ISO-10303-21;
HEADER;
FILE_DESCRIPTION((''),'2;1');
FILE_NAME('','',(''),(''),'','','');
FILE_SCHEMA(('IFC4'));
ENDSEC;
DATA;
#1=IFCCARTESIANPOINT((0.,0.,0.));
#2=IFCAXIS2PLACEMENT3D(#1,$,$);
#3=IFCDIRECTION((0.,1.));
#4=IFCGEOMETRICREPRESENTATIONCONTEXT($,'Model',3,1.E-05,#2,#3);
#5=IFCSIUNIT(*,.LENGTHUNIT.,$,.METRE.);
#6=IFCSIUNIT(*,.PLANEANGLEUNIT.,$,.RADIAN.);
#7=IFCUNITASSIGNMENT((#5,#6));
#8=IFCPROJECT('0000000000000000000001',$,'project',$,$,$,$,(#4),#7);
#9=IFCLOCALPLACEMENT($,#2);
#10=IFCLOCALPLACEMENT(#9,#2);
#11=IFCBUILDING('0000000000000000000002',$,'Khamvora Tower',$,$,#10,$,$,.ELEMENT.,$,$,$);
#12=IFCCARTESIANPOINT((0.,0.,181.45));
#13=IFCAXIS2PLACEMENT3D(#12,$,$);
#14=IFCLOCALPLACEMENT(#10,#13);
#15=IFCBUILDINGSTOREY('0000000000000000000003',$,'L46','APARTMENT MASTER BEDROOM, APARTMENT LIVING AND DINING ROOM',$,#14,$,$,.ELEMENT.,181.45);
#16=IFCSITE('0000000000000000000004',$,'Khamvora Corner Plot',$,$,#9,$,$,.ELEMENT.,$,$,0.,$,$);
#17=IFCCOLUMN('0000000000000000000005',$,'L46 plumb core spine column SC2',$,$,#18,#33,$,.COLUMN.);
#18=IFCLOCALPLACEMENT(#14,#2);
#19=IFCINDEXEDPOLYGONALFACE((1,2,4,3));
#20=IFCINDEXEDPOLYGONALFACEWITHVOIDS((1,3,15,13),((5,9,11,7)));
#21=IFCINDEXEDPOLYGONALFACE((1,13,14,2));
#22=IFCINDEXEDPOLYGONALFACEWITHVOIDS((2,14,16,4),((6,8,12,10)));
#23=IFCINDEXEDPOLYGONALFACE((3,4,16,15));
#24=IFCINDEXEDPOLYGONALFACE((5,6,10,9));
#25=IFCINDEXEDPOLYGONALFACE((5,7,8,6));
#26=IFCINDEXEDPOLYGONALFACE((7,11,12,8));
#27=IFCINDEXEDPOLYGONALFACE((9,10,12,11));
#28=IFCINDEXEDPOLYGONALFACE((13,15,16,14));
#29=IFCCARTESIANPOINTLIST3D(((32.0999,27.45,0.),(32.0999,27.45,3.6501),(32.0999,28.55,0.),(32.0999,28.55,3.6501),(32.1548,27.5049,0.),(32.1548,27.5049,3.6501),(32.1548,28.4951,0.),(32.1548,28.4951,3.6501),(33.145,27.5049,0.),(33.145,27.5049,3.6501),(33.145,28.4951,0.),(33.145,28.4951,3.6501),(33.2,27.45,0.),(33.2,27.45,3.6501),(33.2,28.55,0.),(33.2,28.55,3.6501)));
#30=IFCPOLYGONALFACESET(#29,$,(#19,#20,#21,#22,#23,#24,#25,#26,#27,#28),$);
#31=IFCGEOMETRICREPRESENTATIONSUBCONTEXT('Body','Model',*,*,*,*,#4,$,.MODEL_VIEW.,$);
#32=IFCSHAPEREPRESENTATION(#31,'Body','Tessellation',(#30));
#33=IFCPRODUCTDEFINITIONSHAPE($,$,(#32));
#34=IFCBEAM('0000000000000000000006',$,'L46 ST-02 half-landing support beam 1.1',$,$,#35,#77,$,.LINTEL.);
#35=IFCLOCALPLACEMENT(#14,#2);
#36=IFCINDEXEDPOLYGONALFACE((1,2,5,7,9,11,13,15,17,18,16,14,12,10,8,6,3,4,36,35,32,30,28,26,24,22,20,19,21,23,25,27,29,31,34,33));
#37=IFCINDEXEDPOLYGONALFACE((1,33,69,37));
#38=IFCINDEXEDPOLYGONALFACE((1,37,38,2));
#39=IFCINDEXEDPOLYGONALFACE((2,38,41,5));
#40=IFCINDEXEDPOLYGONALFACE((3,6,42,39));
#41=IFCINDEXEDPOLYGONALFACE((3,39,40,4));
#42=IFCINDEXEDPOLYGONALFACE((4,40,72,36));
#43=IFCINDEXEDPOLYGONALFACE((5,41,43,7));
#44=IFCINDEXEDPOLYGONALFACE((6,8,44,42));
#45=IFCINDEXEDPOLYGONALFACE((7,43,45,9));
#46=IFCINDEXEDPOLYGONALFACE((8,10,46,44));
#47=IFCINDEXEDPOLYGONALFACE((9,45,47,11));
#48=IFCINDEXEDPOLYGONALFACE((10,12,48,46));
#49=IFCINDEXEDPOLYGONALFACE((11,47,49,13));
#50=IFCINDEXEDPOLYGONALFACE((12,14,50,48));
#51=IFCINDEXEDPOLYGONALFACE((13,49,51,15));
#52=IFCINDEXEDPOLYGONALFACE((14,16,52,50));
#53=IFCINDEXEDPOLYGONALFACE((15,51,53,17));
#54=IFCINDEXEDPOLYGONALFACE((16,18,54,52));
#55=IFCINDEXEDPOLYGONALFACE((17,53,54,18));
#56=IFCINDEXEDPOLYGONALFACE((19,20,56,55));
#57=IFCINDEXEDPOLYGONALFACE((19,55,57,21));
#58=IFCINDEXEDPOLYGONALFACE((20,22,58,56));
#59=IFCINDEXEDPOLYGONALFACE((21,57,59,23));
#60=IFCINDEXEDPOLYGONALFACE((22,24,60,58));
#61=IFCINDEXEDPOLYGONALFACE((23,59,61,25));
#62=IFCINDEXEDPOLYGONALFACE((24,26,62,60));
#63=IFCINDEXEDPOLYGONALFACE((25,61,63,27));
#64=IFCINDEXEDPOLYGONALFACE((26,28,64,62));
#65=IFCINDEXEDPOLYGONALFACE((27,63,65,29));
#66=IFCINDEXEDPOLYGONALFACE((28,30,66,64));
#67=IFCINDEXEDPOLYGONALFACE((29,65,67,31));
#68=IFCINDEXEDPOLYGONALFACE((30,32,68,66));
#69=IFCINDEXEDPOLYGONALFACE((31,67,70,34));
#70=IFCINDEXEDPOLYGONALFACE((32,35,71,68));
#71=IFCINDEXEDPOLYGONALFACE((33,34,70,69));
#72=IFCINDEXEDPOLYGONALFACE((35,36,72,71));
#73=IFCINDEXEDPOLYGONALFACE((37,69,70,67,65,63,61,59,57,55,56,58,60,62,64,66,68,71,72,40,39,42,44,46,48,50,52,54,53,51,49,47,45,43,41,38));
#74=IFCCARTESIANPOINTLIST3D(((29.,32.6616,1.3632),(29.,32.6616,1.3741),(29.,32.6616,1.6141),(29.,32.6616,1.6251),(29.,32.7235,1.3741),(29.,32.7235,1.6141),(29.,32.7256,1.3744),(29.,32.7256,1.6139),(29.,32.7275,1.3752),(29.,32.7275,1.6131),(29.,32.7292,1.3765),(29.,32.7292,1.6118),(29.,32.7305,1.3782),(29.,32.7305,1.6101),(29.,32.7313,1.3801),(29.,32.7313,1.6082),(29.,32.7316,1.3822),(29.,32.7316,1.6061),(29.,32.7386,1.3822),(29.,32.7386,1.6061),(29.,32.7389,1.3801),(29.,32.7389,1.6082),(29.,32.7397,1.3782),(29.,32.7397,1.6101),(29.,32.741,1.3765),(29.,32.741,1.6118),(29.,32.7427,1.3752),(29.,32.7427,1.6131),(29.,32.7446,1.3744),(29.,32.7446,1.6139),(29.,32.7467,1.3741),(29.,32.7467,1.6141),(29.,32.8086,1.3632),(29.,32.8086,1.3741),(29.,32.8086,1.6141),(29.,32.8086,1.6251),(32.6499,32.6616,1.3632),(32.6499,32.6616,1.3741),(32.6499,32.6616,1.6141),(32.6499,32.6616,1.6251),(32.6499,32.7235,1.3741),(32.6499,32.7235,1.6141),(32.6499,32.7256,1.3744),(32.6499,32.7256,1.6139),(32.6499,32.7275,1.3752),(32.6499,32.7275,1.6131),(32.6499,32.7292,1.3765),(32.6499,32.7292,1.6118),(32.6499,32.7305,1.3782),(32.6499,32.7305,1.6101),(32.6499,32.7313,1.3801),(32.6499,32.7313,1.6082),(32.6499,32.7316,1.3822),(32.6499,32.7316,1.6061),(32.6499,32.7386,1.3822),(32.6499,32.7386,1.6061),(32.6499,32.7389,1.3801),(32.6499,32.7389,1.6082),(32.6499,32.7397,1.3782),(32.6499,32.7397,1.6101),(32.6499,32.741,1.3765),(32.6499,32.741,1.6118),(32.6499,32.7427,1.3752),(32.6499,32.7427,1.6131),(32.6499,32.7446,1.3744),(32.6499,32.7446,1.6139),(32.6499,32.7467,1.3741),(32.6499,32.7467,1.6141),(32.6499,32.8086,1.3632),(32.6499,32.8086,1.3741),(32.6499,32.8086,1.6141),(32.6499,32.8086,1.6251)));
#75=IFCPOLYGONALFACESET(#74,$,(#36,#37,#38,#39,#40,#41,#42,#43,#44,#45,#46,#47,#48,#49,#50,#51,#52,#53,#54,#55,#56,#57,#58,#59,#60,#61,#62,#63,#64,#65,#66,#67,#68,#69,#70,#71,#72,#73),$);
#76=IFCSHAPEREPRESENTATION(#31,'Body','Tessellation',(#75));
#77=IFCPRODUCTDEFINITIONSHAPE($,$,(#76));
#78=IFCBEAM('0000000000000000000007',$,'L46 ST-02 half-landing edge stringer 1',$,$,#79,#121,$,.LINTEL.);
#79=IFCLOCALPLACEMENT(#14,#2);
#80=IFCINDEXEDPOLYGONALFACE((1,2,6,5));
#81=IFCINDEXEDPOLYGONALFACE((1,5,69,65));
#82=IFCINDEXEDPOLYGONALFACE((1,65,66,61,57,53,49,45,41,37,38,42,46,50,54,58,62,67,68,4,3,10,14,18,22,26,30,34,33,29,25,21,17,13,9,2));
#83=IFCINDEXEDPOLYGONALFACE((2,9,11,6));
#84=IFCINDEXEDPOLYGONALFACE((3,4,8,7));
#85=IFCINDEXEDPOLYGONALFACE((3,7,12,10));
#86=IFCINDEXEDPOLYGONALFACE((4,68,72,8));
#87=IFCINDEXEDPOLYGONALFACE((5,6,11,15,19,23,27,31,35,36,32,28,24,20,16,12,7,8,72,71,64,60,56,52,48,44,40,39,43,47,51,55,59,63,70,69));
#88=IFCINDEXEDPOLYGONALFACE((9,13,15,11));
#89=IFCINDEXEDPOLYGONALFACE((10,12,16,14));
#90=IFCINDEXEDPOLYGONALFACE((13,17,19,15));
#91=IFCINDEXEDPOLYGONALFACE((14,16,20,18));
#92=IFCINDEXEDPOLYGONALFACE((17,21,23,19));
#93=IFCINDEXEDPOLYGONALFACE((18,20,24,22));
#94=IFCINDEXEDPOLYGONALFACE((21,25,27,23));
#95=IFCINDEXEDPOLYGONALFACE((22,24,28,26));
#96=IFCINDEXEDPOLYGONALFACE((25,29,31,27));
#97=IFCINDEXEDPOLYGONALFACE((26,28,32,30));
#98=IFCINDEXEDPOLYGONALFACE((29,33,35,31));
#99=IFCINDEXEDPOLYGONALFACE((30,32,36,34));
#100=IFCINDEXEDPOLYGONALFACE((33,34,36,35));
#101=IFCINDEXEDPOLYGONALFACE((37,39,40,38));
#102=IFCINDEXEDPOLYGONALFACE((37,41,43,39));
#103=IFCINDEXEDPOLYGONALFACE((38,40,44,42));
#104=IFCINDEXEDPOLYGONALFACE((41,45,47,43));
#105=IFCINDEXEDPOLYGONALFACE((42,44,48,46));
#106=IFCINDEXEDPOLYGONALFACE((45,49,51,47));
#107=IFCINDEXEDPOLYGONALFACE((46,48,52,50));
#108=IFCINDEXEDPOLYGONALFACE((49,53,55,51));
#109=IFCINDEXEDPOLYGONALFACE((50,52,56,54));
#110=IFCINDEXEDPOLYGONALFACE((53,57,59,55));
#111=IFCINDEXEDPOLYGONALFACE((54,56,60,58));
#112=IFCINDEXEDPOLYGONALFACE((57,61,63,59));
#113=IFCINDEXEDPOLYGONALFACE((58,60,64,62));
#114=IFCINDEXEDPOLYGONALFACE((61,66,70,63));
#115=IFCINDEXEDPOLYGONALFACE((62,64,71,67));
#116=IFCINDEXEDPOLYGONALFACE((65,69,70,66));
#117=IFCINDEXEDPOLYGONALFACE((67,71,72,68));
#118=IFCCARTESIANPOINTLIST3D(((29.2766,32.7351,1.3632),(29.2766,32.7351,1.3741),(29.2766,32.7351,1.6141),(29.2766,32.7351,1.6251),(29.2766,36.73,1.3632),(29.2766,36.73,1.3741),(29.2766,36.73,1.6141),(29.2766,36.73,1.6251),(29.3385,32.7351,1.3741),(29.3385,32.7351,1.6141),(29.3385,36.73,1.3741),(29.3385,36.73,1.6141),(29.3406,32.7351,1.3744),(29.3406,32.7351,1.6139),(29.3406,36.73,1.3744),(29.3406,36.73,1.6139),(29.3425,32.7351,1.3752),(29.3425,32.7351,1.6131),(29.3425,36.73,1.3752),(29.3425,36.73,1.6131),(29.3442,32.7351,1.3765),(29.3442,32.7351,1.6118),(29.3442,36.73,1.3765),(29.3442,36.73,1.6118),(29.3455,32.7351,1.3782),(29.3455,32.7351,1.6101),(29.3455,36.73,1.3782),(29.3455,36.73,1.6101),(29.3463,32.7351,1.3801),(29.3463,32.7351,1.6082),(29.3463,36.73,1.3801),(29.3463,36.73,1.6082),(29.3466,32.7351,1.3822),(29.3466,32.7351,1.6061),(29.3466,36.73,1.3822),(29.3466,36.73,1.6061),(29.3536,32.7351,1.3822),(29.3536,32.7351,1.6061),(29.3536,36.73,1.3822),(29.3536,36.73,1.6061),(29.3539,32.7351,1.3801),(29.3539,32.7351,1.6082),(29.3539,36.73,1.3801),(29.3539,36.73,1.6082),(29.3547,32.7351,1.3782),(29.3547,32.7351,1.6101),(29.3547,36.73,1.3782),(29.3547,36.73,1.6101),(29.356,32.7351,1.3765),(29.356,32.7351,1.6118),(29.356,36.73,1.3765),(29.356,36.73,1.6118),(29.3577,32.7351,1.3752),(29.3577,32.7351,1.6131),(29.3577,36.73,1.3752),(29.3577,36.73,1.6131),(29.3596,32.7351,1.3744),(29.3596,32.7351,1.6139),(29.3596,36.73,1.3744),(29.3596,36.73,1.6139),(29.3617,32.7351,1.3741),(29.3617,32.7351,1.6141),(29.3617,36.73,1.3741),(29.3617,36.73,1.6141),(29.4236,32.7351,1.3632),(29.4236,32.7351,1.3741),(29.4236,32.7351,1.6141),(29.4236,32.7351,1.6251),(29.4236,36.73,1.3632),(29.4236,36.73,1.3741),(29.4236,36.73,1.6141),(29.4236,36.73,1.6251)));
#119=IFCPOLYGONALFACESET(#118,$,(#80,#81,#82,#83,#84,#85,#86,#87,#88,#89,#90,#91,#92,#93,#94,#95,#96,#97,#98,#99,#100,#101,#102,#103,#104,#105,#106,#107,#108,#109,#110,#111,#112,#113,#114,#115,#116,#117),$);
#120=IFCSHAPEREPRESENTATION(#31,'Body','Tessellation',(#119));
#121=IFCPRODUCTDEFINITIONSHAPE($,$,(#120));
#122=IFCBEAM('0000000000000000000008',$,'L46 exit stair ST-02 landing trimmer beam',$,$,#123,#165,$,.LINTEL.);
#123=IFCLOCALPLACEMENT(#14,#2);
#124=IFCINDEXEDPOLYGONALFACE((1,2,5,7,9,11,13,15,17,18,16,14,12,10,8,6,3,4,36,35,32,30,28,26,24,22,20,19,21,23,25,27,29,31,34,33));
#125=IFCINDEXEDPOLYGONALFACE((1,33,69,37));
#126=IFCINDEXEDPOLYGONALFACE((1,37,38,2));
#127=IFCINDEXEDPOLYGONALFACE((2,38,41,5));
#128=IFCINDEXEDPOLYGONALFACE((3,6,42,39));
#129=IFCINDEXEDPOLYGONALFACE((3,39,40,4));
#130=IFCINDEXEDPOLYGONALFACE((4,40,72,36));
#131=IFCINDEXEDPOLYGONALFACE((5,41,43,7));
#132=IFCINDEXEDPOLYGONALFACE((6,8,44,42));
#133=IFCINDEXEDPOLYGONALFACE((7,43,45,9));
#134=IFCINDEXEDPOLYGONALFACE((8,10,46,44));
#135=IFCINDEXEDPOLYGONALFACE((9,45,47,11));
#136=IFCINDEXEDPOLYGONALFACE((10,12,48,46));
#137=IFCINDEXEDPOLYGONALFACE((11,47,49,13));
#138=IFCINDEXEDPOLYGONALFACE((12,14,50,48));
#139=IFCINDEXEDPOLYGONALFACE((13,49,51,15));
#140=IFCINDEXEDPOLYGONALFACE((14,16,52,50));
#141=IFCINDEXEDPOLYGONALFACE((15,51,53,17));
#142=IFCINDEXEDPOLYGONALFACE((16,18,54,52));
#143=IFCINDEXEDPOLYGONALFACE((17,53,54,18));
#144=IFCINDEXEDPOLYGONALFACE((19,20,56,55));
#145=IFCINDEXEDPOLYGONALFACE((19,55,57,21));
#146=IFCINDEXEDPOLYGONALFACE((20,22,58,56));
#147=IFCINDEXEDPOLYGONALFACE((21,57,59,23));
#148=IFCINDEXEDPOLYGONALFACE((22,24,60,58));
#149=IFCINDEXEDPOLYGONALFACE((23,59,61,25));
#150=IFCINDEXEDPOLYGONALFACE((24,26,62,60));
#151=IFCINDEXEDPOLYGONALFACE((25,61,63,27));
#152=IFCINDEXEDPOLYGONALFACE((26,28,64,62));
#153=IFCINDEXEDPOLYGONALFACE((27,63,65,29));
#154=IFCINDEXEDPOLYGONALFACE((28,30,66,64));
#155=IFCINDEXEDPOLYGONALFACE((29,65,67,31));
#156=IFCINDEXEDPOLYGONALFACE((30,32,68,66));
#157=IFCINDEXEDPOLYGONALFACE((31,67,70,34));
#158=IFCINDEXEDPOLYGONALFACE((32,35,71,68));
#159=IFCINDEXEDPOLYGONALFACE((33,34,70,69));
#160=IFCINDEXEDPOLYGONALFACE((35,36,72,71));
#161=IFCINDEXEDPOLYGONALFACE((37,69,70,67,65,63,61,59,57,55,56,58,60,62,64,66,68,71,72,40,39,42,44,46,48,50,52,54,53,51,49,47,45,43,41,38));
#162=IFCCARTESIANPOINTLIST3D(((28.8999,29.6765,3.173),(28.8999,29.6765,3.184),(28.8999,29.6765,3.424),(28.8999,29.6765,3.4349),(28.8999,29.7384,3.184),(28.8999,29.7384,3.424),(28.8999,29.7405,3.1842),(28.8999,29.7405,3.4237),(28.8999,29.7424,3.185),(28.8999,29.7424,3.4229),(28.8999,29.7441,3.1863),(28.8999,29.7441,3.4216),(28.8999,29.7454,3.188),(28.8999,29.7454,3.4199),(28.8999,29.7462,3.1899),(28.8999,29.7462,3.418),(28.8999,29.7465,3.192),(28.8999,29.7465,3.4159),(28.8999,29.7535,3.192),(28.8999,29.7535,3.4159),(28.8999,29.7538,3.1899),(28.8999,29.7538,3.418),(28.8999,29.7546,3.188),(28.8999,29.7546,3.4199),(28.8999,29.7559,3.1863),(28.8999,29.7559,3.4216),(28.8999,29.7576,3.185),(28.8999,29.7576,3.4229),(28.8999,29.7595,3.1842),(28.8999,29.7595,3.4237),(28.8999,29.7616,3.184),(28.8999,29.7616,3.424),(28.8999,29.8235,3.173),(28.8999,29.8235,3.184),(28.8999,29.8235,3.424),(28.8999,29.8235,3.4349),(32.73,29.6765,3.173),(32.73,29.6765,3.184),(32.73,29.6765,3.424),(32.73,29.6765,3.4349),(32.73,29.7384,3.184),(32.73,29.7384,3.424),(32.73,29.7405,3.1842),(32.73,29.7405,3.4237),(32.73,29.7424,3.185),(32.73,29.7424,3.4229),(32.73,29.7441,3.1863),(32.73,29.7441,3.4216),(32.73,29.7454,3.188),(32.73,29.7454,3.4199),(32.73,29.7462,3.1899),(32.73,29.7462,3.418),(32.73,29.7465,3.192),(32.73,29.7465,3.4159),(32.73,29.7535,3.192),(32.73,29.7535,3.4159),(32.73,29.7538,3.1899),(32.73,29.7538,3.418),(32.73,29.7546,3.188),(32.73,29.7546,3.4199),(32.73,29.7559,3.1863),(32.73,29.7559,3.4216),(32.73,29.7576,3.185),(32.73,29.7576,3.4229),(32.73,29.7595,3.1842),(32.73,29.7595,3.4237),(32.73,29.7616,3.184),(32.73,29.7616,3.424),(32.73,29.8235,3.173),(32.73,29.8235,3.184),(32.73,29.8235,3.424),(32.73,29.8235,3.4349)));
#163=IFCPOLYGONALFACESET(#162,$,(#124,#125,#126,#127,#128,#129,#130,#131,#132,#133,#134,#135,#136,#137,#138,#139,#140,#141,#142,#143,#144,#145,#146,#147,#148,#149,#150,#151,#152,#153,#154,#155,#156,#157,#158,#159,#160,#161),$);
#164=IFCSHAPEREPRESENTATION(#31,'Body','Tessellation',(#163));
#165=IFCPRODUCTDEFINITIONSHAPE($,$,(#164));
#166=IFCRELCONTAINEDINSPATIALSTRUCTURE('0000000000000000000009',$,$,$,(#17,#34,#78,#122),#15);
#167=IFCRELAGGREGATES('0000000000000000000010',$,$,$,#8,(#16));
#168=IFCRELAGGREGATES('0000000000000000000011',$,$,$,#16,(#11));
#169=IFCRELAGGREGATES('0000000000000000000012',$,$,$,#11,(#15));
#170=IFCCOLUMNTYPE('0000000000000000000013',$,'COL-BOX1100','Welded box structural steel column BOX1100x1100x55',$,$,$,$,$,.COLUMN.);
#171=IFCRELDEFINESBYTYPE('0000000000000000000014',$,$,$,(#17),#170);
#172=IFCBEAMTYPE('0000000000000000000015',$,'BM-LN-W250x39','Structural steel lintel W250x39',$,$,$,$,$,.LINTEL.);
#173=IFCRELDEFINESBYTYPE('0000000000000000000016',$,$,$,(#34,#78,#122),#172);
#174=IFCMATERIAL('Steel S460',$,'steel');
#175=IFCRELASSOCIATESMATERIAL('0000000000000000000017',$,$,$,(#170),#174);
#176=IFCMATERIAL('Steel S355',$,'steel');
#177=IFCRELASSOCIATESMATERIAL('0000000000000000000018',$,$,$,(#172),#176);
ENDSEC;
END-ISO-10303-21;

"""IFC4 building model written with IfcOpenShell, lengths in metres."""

from ifc_helpers import new_model, si_unit, direction, frame, origin, origin_2d, place, context, subcontext, project, spatial, hollow_rectangle, i_section, extrude, material, material_profile, profile_set, type_object, element, save


model = new_model("IFC4")

# Units and contexts
model_context = context("Model", 3, precision=1e-05, world=origin(), true_north=direction((0.0, 1.0)))
body_context = subcontext(model_context, "Body", "Model", "MODEL_VIEW")
ifc_project = project(units=[si_unit("LENGTHUNIT", "METRE"), si_unit("PLANEANGLEUNIT", "RADIAN")], contexts=[model_context])

# Site, building, storey
site_placement = place(None, origin())
site = spatial("IfcSite", under=ifc_project, at=site_placement, Name="Khamvora Corner Plot", CompositionType="ELEMENT", RefElevation=0.0)
building_placement = place(site_placement, origin())
building = spatial("IfcBuilding", under=site, at=building_placement, Name="Khamvora Tower", CompositionType="ELEMENT")
storey_placement = place(building_placement, frame((0.0, 0.0, 181.45)))
storey = spatial("IfcBuildingStorey", under=building, at=storey_placement, Name="L46", Description="APARTMENT MASTER BEDROOM, APARTMENT LIVING AND DINING ROOM", CompositionType="ELEMENT", Elevation=181.45)

# Column
ifc_material_1 = material(Name="Steel S460", Category="steel")
ifc_material_profile_1 = material_profile(ifc_material_1, hollow_rectangle(XDim=1.1001, YDim=1.1001, WallThickness=0.0549, at=origin_2d()), Name="BOX1100x1100x55")
ifc_profile_set_1 = profile_set([ifc_material_profile_1], Name="Steel S460")
column_type = type_object("IfcColumnType", Name="COL-BOX1100", Description="Welded box structural steel column BOX1100x1100x55", PredefinedType="COLUMN", material=ifc_profile_set_1)
column_placement = place(storey_placement, frame((32.6499, 28.0, 0.0), z_axis=(0.0, 0.0, 1.0), x_axis=(1.0, 0.0, 0.0)))
element("IfcColumn", 1, at=column_placement, inside=storey, type_object=column_type, Name="L46 plumb core spine column SC2", PredefinedType="COLUMN", context=body_context, shape_type="SweptSolid", body=[
    extrude(hollow_rectangle(XDim=1.1001, YDim=1.1001, WallThickness=0.0549, at=origin_2d()), origin(), (0.0, 0.0, 1.0), 3.6501),
])

# Beams
ifc_material_2 = material(Name="Steel S355", Category="steel")
ifc_material_profile_2 = material_profile(ifc_material_2, i_section(OverallWidth=0.147, OverallDepth=0.262, WebThickness=0.0071, FlangeThickness=0.011, FilletRadius=0.0081, at=origin_2d()), Name="W250x39")
ifc_profile_set_2 = profile_set([ifc_material_profile_2], Name="Steel S355")
beam_type_1 = type_object("IfcBeamType", Name="BM-LN-W250x39", Description="Structural steel lintel W250x39", PredefinedType="LINTEL", material=ifc_profile_set_2)
beam_1_placement = place(storey_placement, frame((29.0, 32.7351, 1.4941), z_axis=(1.0, 0.0, 0.0), x_axis=(0.0, 1.0, 0.0)))
element("IfcBeam", 2, at=beam_1_placement, inside=storey, type_object=beam_type_1, Name="L46 ST-02 half-landing support beam 1.1", PredefinedType="LINTEL", context=body_context, shape_type="SweptSolid", body=[
    extrude(i_section(OverallWidth=0.147, OverallDepth=0.262, WebThickness=0.0071, FlangeThickness=0.011, FilletRadius=0.0081, at=origin_2d()), origin(), (0.0, 0.0, 1.0), 3.6499),
])
beam_2_placement = place(storey_placement, frame((29.3501, 32.7351, 1.4941), z_axis=(0.0, 1.0, 0.0), x_axis=(-1.0, 0.0, 0.0)))
element("IfcBeam", 3, at=beam_2_placement, inside=storey, type_object=beam_type_1, Name="L46 ST-02 half-landing edge stringer 1", PredefinedType="LINTEL", context=body_context, shape_type="SweptSolid", body=[
    extrude(i_section(OverallWidth=0.147, OverallDepth=0.262, WebThickness=0.0071, FlangeThickness=0.011, FilletRadius=0.0081, at=origin_2d()), origin(), (0.0, 0.0, 1.0), 3.9949),
])
beam_3_placement = place(storey_placement, frame((28.8999, 29.75, 3.304), z_axis=(1.0, 0.0, 0.0), x_axis=(0.0, 1.0, 0.0)))
element("IfcBeam", 4, at=beam_3_placement, inside=storey, type_object=beam_type_1, Name="L46 exit stair ST-02 landing trimmer beam", PredefinedType="LINTEL", context=body_context, shape_type="SweptSolid", body=[
    extrude(i_section(OverallWidth=0.147, OverallDepth=0.262, WebThickness=0.0071, FlangeThickness=0.011, FilletRadius=0.0081, at=origin_2d()), origin(), (0.0, 0.0, 1.0), 3.8301),
])

save(model, "model.ifc")
